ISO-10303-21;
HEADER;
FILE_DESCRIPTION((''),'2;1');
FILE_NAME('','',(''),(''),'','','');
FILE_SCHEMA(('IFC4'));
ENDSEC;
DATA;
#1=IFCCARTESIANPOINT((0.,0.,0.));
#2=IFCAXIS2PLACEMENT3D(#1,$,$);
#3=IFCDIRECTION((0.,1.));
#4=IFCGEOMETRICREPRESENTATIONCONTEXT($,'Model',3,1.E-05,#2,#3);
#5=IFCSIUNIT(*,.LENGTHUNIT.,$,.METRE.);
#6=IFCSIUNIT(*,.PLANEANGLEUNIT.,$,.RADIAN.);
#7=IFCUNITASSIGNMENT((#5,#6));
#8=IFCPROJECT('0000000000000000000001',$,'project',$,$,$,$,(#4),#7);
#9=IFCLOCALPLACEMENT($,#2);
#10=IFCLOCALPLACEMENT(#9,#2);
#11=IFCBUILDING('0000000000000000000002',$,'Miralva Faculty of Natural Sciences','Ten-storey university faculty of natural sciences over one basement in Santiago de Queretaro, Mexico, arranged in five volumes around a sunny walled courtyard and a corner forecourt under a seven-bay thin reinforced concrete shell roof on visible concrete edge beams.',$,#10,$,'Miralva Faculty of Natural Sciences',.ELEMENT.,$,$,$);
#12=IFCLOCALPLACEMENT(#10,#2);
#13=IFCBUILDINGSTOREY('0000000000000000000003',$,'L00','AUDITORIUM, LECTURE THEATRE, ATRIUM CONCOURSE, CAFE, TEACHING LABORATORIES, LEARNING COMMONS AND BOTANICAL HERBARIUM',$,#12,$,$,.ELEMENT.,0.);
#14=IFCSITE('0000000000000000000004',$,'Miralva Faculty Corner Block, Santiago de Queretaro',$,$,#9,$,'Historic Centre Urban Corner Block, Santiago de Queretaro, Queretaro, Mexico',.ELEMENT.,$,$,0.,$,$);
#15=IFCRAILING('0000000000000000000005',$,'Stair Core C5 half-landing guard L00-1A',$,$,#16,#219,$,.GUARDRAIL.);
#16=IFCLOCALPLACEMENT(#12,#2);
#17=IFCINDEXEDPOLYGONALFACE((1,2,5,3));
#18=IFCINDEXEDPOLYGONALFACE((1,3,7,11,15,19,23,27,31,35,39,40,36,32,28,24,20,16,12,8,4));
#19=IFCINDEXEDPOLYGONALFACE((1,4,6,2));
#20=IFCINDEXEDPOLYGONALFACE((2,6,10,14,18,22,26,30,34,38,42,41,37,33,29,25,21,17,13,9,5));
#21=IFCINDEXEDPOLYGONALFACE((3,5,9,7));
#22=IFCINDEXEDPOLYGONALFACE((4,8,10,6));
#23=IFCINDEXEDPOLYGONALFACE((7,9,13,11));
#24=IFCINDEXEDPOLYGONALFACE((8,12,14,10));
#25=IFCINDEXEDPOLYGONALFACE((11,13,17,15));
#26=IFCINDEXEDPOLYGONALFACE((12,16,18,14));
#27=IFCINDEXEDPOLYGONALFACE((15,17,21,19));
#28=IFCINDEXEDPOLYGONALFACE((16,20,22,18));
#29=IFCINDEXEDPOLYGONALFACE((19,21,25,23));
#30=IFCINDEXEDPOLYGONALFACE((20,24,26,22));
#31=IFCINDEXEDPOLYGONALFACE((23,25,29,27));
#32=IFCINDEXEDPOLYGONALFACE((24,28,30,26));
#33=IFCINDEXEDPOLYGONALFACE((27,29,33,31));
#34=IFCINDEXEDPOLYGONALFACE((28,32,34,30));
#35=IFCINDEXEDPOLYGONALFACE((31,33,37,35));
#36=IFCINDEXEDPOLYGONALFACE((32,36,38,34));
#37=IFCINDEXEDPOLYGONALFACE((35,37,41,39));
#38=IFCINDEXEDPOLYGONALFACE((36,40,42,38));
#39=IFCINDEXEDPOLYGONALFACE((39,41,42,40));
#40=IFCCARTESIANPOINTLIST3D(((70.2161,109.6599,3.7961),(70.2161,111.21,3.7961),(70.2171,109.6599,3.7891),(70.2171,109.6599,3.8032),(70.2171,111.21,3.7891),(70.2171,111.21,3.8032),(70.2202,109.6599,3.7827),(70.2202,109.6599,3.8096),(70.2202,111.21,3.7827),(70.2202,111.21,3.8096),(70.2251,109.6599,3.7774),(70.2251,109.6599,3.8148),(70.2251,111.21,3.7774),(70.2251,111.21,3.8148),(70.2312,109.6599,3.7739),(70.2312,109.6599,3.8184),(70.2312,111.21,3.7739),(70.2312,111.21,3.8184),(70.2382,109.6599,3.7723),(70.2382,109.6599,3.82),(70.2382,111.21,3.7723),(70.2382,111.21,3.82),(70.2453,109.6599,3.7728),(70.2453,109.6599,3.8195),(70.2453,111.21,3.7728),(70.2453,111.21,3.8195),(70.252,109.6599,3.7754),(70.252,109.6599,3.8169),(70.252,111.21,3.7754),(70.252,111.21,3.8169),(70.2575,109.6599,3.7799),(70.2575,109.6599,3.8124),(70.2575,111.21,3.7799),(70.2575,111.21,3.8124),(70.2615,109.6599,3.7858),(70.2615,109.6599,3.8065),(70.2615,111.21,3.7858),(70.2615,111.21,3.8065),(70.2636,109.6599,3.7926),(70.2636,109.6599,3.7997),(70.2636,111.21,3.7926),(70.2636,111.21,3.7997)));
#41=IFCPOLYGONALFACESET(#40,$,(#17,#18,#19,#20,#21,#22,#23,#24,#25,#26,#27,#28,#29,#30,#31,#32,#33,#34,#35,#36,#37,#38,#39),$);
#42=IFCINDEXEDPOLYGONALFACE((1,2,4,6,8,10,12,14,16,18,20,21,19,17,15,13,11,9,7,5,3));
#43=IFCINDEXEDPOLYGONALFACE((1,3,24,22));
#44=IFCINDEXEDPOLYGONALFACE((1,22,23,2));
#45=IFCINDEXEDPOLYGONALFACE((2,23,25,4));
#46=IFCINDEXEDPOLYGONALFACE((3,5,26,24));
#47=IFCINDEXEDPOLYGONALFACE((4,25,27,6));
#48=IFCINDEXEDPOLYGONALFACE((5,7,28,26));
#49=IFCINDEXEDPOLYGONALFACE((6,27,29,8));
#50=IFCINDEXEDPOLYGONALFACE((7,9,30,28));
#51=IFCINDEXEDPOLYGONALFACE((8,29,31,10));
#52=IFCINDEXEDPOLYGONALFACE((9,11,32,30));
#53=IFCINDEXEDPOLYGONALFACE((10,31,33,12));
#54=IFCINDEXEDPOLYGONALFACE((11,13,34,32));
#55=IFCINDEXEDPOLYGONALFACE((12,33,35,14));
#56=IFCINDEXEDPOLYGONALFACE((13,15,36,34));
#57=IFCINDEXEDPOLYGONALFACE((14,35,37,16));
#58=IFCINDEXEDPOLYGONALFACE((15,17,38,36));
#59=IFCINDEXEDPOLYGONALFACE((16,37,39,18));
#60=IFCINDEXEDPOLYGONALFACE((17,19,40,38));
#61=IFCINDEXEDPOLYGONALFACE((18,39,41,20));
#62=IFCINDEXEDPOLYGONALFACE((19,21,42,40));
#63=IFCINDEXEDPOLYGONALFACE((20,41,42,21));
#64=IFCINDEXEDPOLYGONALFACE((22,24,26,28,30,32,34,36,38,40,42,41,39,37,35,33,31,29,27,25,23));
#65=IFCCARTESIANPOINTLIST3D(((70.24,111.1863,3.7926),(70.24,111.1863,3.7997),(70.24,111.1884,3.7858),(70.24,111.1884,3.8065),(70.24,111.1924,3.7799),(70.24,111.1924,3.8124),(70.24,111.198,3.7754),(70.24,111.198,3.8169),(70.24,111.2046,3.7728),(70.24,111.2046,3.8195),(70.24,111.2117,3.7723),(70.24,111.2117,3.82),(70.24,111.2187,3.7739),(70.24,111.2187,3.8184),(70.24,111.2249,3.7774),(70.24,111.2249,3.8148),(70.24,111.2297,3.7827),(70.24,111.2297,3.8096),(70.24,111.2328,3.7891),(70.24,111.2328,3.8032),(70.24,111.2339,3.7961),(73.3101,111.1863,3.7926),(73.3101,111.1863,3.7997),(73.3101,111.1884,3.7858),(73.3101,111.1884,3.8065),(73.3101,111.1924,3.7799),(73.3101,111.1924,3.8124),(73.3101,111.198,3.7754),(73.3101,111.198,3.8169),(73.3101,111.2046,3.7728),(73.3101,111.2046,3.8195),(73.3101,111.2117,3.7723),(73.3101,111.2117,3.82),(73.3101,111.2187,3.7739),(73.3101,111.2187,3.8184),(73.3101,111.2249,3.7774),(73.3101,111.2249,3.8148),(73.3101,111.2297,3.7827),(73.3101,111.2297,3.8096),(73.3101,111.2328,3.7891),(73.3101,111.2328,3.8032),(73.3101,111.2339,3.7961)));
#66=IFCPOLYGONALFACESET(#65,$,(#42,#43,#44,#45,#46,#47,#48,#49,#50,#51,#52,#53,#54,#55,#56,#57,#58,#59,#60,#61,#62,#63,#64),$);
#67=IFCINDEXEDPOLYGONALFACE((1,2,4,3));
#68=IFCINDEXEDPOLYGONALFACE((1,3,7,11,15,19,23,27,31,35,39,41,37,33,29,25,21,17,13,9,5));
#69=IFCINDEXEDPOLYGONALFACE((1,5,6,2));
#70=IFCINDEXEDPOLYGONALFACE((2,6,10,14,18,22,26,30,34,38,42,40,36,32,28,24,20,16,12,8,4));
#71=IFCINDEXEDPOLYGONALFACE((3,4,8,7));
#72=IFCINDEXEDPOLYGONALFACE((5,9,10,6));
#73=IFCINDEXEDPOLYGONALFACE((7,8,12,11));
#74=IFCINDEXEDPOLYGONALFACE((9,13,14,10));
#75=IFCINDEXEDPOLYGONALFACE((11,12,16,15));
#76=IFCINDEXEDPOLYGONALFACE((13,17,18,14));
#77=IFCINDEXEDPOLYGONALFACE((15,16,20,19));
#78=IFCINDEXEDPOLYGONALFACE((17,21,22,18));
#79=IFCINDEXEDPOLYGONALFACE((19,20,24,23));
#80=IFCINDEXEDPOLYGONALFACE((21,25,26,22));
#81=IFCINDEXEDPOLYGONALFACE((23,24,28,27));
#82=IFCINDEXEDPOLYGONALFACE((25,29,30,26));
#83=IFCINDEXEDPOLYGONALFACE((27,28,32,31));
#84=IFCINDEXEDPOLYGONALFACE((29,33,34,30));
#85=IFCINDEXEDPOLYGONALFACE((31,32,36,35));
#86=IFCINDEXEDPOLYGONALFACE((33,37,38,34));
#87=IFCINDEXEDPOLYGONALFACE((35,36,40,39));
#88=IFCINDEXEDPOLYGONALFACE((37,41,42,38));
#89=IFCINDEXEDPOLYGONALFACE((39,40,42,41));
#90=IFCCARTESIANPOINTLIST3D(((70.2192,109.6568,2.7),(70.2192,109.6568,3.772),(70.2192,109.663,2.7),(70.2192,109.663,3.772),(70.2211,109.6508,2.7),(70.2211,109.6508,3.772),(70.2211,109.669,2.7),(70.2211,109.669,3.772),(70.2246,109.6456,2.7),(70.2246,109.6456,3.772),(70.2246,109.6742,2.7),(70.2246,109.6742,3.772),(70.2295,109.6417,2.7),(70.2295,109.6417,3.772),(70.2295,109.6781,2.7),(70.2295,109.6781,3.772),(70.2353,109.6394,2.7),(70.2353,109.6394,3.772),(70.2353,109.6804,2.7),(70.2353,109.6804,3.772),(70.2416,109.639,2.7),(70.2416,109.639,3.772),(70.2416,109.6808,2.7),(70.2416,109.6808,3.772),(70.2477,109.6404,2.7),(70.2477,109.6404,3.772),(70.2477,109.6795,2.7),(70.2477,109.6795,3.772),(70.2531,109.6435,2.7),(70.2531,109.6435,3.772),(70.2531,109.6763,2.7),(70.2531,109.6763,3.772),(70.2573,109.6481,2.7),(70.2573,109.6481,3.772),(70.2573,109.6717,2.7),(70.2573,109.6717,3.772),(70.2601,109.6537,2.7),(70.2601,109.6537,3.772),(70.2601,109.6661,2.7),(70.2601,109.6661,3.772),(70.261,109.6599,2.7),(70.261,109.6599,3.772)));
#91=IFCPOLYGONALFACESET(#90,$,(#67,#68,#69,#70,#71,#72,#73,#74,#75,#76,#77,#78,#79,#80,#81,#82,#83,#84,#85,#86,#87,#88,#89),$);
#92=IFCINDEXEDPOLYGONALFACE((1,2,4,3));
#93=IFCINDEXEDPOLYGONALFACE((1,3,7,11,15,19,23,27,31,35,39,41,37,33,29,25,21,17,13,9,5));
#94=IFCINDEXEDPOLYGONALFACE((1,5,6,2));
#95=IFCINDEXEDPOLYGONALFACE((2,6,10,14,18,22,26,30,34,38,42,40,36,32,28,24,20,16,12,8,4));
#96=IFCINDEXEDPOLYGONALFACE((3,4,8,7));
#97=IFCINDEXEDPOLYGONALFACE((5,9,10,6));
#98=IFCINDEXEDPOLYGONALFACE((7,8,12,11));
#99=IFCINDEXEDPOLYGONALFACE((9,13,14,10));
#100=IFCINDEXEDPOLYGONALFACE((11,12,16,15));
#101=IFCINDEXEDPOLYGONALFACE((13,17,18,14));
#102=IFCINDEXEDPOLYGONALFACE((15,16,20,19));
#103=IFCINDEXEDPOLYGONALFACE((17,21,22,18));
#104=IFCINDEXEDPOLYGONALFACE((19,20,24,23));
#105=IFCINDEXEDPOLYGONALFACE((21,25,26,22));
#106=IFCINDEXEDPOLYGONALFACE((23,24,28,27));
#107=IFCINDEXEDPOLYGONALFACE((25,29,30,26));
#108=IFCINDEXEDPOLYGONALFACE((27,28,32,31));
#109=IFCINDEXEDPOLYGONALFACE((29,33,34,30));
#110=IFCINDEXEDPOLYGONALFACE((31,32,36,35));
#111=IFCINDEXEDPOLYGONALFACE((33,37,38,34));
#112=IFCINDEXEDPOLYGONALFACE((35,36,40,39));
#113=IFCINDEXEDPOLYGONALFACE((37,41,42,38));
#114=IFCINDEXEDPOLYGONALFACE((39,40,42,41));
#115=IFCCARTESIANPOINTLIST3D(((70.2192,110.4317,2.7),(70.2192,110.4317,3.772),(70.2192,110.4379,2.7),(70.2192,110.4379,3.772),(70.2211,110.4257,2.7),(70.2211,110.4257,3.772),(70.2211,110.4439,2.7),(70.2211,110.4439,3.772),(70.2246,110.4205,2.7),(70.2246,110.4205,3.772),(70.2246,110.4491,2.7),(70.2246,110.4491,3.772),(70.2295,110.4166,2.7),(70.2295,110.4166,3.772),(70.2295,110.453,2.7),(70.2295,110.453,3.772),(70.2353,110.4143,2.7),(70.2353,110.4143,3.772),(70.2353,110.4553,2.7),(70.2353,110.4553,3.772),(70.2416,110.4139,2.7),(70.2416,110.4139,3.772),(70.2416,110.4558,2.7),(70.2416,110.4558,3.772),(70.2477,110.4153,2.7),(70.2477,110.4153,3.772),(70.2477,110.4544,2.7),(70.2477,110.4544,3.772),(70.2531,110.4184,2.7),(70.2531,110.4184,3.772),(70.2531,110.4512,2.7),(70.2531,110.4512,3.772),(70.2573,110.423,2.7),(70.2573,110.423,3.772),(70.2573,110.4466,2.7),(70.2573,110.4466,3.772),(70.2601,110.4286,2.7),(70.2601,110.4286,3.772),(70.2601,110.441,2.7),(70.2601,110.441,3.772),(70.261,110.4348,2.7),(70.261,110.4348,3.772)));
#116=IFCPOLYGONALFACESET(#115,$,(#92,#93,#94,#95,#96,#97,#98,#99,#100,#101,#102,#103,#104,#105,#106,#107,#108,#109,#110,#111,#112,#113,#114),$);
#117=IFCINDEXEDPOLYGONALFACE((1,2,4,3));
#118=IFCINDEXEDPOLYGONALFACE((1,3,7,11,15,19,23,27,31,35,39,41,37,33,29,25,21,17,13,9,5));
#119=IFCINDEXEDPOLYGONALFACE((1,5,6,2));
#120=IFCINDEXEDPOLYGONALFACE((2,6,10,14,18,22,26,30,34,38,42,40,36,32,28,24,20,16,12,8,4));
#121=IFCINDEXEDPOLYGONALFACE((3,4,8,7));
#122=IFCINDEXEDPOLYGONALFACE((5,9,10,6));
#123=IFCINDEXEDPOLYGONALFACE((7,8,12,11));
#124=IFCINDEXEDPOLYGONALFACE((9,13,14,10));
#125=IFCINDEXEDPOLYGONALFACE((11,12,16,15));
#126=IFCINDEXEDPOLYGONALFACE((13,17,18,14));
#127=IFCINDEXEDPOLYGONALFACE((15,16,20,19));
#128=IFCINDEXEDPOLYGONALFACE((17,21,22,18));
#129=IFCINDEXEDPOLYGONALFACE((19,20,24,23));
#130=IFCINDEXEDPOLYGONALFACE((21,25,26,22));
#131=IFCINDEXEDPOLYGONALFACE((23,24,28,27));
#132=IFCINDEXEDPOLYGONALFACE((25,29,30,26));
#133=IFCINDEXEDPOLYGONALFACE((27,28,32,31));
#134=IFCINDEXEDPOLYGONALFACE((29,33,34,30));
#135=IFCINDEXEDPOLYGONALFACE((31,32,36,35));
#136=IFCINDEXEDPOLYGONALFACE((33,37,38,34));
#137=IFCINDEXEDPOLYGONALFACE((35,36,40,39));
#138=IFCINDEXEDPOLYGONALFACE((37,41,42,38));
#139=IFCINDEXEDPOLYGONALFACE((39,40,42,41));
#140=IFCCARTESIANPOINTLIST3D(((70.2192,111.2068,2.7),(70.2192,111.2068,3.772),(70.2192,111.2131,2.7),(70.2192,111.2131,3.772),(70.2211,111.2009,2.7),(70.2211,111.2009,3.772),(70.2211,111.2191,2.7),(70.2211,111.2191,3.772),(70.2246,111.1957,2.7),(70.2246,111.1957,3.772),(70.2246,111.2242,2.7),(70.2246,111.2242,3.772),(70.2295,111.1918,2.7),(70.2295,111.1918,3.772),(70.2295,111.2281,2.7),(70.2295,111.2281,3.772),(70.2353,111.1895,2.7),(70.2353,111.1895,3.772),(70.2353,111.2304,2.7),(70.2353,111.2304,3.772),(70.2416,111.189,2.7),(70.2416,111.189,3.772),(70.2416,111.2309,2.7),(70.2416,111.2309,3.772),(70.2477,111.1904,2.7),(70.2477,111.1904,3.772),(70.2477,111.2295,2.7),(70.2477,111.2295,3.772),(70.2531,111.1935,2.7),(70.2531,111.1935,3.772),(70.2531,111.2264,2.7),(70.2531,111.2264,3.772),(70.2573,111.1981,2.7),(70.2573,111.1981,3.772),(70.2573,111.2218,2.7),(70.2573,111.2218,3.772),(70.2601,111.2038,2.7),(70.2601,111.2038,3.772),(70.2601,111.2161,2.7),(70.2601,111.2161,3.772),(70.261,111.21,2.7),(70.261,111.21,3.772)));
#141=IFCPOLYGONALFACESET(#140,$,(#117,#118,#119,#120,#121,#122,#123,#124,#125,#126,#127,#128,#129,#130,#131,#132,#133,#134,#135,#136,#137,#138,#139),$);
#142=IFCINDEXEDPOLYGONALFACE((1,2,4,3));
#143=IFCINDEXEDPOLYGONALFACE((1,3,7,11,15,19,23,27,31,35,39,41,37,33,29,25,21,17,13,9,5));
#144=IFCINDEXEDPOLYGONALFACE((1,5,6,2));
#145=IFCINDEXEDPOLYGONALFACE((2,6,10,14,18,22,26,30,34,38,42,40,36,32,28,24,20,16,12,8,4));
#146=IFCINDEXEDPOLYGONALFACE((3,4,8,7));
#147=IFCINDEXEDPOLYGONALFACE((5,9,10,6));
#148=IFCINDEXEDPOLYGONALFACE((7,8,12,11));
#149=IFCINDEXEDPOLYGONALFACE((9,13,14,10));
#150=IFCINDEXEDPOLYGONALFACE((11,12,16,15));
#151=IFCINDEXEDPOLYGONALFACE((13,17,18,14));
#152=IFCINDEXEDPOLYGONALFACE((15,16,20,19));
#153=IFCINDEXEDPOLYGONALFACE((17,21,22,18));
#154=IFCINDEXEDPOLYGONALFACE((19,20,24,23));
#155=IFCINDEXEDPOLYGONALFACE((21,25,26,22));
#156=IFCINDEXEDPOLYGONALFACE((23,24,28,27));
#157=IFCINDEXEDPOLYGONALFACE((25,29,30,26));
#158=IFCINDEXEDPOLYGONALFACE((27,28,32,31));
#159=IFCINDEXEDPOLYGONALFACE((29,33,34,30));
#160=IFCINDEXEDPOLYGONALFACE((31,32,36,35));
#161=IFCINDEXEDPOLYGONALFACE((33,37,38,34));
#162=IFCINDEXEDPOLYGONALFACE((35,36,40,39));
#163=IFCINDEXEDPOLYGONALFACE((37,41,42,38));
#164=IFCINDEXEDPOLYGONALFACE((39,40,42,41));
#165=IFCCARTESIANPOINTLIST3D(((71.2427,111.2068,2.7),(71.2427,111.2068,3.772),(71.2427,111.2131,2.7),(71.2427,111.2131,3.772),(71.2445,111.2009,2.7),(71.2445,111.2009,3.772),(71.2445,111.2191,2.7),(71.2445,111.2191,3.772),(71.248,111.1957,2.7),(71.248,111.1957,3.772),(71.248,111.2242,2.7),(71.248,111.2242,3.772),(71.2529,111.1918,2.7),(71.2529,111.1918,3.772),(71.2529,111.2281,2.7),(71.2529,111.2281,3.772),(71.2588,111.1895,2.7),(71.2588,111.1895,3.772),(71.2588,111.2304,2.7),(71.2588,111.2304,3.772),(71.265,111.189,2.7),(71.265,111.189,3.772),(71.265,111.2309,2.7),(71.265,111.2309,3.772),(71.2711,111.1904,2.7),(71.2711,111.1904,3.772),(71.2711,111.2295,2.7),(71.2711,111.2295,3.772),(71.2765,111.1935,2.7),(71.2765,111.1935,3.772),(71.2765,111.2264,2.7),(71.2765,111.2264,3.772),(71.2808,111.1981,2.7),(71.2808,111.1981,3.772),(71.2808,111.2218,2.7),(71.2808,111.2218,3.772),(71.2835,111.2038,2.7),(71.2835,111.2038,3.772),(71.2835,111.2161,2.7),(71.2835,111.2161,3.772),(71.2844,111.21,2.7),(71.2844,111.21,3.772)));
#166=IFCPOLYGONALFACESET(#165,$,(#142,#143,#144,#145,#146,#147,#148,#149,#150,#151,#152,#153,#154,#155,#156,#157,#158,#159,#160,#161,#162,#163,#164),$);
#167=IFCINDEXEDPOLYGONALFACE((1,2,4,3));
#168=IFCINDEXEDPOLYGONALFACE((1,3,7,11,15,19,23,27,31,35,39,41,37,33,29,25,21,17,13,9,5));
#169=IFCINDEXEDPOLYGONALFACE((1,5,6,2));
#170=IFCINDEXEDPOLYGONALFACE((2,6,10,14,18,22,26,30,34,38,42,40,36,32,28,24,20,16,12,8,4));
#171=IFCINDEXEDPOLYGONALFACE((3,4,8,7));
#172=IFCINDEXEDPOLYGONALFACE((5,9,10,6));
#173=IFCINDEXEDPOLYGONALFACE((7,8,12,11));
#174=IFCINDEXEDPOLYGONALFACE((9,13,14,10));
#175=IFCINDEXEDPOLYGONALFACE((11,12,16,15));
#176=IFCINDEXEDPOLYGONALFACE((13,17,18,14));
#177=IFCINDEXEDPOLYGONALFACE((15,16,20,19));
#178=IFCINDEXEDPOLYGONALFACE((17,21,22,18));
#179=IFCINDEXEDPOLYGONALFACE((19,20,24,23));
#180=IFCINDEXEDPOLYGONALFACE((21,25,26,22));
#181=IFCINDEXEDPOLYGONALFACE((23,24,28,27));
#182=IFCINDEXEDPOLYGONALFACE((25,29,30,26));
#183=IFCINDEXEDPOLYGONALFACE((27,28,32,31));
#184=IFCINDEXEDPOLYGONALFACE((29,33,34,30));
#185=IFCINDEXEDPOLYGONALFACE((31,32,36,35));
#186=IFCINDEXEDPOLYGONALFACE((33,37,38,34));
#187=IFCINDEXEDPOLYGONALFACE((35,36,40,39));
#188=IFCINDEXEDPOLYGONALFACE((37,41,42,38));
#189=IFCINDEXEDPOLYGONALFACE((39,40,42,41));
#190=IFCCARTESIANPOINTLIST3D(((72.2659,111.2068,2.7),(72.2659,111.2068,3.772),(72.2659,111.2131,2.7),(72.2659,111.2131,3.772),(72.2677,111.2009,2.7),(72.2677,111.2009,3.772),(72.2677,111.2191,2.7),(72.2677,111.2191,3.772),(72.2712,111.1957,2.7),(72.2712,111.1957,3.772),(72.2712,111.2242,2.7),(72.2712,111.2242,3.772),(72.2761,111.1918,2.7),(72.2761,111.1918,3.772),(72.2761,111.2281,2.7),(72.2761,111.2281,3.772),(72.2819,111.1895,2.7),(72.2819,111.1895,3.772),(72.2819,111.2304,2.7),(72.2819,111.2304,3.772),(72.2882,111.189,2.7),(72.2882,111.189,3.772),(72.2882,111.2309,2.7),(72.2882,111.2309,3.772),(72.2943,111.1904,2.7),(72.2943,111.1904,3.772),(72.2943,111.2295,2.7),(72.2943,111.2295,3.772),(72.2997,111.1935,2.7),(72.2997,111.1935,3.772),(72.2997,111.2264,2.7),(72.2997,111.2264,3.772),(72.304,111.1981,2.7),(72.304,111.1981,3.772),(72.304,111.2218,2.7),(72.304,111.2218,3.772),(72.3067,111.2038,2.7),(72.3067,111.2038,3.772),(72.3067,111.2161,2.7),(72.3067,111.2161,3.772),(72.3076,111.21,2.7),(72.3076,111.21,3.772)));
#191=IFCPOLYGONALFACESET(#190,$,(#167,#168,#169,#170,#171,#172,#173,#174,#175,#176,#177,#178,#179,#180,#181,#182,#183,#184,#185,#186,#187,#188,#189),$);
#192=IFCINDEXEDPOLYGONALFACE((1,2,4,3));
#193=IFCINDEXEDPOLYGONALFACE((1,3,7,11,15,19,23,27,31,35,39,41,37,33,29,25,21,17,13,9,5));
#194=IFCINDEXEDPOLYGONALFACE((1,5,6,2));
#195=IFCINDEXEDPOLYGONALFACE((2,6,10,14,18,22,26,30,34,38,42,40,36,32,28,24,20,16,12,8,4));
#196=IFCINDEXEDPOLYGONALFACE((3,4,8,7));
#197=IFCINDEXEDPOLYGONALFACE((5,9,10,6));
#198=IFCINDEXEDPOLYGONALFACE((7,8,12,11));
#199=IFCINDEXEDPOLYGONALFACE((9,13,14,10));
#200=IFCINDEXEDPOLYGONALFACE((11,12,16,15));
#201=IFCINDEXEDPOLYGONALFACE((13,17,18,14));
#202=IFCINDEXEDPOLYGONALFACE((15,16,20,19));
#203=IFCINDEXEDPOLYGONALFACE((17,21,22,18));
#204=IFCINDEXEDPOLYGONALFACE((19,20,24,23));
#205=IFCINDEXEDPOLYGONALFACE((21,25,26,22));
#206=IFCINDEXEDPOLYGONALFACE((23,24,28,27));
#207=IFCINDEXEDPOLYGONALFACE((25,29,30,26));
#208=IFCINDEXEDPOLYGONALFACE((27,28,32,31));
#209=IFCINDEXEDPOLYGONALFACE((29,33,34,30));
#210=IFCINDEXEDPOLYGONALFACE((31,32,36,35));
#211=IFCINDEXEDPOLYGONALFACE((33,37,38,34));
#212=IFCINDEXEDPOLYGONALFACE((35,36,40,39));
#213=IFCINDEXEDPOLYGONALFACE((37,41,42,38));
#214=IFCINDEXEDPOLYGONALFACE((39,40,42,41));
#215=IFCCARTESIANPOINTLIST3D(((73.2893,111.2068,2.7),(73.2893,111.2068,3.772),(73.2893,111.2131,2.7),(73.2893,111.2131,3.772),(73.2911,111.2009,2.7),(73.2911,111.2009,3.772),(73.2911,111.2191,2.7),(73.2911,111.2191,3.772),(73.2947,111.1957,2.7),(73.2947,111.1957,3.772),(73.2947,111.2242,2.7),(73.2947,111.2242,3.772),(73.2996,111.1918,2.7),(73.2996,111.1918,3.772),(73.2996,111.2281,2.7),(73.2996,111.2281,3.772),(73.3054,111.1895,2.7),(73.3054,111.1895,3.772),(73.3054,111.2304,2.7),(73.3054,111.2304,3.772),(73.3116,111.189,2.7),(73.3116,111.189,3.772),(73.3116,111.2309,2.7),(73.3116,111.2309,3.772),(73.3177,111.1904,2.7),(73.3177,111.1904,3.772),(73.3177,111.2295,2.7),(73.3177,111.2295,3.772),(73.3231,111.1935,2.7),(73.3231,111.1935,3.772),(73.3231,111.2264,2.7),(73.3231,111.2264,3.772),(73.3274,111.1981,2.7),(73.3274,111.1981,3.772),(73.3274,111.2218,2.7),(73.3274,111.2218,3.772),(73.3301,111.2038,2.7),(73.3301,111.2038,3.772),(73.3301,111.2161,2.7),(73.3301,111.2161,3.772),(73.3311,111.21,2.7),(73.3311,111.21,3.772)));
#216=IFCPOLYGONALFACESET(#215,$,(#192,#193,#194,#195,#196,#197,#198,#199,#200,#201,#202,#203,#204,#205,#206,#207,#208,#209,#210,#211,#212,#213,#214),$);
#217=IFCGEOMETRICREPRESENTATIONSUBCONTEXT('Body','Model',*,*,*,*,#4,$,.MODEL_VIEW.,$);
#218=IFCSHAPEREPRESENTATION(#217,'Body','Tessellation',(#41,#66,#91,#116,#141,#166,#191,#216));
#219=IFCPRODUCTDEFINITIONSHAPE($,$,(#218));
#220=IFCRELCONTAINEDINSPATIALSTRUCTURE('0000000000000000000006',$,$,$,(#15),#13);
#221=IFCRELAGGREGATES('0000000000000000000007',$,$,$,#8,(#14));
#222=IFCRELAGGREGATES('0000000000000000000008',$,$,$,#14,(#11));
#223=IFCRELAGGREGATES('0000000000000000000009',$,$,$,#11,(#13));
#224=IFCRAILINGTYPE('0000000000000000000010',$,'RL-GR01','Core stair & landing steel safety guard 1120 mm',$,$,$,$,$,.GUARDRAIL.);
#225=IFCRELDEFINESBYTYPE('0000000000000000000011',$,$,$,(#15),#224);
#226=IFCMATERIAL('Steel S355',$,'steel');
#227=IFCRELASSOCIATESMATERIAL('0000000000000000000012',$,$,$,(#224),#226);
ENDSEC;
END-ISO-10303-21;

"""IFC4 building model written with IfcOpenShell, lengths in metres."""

from ifc_helpers import new_model, si_unit, direction, frame, origin, origin_2d, place, context, subcontext, project, spatial, circle, extrude, material, type_object, element, save


model = new_model("IFC4")

# Units and contexts
model_context = context("Model", 3, precision=1e-05, world=origin(), true_north=direction((0.0, 1.0)))
body_context = subcontext(model_context, "Body", "Model", "MODEL_VIEW")
ifc_project = project(units=[si_unit("LENGTHUNIT", "METRE"), si_unit("PLANEANGLEUNIT", "RADIAN")], contexts=[model_context])

# Site, building, storey
site_placement = place(None, origin())
site = spatial("IfcSite", under=ifc_project, at=site_placement, Name="Miralva Faculty Corner Block, Santiago de Queretaro", LongName="Historic Centre Urban Corner Block, Santiago de Queretaro, Queretaro, Mexico", CompositionType="ELEMENT", RefElevation=0.0)
building_placement = place(site_placement, origin())
building = spatial("IfcBuilding", under=site, at=building_placement, Name="Miralva Faculty of Natural Sciences", Description="Ten-storey university faculty of natural sciences over one basement in Santiago de Queretaro, Mexico, arranged in five volumes around a sunny walled courtyard and a corner forecourt under a seven-bay thin reinforced concrete shell roof on visible concrete edge beams.", LongName="Miralva Faculty of Natural Sciences", CompositionType="ELEMENT")
storey_placement = place(building_placement, origin())
storey = spatial("IfcBuildingStorey", under=building, at=storey_placement, Name="L00", Description="AUDITORIUM, LECTURE THEATRE, ATRIUM CONCOURSE, CAFE, TEACHING LABORATORIES, LEARNING COMMONS AND BOTANICAL HERBARIUM", CompositionType="ELEMENT", Elevation=0.0)

# Railing
ifc_material_1 = material(Name="Steel S355", Category="steel")
railing_type_1 = type_object("IfcRailingType", Name="RL-GR01", Description="Core stair & landing steel safety guard 1120 mm", PredefinedType="GUARDRAIL", material=ifc_material_1)
railing_1_placement = place(storey_placement, frame((70.24, 109.6599, 2.7)))
element("IfcRailing", 1, at=railing_1_placement, inside=storey, type_object=railing_type_1, Name="Stair Core C5 half-landing guard L00-1A", PredefinedType="GUARDRAIL", context=body_context, shape_type="SweptSolid", body=[
    extrude(circle(Radius=0.0239, at=origin_2d()), frame((0.0, 0.0, 1.0962), z_axis=(0.0, 1.0, 0.0), x_axis=(-1.0, 0.0, 0.0)), (0.0, 0.0, 1.0), 1.55),
    extrude(circle(Radius=0.0239, at=origin_2d()), frame((0.0, 1.55, 1.0962), z_axis=(1.0, 0.0, 0.0), x_axis=(0.0, 1.0, 0.0)), (0.0, 0.0, 1.0), 3.0701),
    extrude(circle(Radius=0.021, at=origin_2d()), origin(), (0.0, 0.0, 1.0), 1.072),
    extrude(circle(Radius=0.021, at=origin_2d()), frame((0.0, 0.7749, 0.0)), (0.0, 0.0, 1.0), 1.072),
    extrude(circle(Radius=0.021, at=origin_2d()), frame((0.0, 1.55, 0.0)), (0.0, 0.0, 1.0), 1.072),
    extrude(circle(Radius=0.021, at=origin_2d()), frame((1.0234, 1.55, 0.0)), (0.0, 0.0, 1.0), 1.072),
    extrude(circle(Radius=0.021, at=origin_2d()), frame((2.0466, 1.55, 0.0)), (0.0, 0.0, 1.0), 1.072),
    extrude(circle(Radius=0.021, at=origin_2d()), frame((3.0701, 1.55, 0.0)), (0.0, 0.0, 1.0), 1.072),
])

save(model, "model.ifc")
